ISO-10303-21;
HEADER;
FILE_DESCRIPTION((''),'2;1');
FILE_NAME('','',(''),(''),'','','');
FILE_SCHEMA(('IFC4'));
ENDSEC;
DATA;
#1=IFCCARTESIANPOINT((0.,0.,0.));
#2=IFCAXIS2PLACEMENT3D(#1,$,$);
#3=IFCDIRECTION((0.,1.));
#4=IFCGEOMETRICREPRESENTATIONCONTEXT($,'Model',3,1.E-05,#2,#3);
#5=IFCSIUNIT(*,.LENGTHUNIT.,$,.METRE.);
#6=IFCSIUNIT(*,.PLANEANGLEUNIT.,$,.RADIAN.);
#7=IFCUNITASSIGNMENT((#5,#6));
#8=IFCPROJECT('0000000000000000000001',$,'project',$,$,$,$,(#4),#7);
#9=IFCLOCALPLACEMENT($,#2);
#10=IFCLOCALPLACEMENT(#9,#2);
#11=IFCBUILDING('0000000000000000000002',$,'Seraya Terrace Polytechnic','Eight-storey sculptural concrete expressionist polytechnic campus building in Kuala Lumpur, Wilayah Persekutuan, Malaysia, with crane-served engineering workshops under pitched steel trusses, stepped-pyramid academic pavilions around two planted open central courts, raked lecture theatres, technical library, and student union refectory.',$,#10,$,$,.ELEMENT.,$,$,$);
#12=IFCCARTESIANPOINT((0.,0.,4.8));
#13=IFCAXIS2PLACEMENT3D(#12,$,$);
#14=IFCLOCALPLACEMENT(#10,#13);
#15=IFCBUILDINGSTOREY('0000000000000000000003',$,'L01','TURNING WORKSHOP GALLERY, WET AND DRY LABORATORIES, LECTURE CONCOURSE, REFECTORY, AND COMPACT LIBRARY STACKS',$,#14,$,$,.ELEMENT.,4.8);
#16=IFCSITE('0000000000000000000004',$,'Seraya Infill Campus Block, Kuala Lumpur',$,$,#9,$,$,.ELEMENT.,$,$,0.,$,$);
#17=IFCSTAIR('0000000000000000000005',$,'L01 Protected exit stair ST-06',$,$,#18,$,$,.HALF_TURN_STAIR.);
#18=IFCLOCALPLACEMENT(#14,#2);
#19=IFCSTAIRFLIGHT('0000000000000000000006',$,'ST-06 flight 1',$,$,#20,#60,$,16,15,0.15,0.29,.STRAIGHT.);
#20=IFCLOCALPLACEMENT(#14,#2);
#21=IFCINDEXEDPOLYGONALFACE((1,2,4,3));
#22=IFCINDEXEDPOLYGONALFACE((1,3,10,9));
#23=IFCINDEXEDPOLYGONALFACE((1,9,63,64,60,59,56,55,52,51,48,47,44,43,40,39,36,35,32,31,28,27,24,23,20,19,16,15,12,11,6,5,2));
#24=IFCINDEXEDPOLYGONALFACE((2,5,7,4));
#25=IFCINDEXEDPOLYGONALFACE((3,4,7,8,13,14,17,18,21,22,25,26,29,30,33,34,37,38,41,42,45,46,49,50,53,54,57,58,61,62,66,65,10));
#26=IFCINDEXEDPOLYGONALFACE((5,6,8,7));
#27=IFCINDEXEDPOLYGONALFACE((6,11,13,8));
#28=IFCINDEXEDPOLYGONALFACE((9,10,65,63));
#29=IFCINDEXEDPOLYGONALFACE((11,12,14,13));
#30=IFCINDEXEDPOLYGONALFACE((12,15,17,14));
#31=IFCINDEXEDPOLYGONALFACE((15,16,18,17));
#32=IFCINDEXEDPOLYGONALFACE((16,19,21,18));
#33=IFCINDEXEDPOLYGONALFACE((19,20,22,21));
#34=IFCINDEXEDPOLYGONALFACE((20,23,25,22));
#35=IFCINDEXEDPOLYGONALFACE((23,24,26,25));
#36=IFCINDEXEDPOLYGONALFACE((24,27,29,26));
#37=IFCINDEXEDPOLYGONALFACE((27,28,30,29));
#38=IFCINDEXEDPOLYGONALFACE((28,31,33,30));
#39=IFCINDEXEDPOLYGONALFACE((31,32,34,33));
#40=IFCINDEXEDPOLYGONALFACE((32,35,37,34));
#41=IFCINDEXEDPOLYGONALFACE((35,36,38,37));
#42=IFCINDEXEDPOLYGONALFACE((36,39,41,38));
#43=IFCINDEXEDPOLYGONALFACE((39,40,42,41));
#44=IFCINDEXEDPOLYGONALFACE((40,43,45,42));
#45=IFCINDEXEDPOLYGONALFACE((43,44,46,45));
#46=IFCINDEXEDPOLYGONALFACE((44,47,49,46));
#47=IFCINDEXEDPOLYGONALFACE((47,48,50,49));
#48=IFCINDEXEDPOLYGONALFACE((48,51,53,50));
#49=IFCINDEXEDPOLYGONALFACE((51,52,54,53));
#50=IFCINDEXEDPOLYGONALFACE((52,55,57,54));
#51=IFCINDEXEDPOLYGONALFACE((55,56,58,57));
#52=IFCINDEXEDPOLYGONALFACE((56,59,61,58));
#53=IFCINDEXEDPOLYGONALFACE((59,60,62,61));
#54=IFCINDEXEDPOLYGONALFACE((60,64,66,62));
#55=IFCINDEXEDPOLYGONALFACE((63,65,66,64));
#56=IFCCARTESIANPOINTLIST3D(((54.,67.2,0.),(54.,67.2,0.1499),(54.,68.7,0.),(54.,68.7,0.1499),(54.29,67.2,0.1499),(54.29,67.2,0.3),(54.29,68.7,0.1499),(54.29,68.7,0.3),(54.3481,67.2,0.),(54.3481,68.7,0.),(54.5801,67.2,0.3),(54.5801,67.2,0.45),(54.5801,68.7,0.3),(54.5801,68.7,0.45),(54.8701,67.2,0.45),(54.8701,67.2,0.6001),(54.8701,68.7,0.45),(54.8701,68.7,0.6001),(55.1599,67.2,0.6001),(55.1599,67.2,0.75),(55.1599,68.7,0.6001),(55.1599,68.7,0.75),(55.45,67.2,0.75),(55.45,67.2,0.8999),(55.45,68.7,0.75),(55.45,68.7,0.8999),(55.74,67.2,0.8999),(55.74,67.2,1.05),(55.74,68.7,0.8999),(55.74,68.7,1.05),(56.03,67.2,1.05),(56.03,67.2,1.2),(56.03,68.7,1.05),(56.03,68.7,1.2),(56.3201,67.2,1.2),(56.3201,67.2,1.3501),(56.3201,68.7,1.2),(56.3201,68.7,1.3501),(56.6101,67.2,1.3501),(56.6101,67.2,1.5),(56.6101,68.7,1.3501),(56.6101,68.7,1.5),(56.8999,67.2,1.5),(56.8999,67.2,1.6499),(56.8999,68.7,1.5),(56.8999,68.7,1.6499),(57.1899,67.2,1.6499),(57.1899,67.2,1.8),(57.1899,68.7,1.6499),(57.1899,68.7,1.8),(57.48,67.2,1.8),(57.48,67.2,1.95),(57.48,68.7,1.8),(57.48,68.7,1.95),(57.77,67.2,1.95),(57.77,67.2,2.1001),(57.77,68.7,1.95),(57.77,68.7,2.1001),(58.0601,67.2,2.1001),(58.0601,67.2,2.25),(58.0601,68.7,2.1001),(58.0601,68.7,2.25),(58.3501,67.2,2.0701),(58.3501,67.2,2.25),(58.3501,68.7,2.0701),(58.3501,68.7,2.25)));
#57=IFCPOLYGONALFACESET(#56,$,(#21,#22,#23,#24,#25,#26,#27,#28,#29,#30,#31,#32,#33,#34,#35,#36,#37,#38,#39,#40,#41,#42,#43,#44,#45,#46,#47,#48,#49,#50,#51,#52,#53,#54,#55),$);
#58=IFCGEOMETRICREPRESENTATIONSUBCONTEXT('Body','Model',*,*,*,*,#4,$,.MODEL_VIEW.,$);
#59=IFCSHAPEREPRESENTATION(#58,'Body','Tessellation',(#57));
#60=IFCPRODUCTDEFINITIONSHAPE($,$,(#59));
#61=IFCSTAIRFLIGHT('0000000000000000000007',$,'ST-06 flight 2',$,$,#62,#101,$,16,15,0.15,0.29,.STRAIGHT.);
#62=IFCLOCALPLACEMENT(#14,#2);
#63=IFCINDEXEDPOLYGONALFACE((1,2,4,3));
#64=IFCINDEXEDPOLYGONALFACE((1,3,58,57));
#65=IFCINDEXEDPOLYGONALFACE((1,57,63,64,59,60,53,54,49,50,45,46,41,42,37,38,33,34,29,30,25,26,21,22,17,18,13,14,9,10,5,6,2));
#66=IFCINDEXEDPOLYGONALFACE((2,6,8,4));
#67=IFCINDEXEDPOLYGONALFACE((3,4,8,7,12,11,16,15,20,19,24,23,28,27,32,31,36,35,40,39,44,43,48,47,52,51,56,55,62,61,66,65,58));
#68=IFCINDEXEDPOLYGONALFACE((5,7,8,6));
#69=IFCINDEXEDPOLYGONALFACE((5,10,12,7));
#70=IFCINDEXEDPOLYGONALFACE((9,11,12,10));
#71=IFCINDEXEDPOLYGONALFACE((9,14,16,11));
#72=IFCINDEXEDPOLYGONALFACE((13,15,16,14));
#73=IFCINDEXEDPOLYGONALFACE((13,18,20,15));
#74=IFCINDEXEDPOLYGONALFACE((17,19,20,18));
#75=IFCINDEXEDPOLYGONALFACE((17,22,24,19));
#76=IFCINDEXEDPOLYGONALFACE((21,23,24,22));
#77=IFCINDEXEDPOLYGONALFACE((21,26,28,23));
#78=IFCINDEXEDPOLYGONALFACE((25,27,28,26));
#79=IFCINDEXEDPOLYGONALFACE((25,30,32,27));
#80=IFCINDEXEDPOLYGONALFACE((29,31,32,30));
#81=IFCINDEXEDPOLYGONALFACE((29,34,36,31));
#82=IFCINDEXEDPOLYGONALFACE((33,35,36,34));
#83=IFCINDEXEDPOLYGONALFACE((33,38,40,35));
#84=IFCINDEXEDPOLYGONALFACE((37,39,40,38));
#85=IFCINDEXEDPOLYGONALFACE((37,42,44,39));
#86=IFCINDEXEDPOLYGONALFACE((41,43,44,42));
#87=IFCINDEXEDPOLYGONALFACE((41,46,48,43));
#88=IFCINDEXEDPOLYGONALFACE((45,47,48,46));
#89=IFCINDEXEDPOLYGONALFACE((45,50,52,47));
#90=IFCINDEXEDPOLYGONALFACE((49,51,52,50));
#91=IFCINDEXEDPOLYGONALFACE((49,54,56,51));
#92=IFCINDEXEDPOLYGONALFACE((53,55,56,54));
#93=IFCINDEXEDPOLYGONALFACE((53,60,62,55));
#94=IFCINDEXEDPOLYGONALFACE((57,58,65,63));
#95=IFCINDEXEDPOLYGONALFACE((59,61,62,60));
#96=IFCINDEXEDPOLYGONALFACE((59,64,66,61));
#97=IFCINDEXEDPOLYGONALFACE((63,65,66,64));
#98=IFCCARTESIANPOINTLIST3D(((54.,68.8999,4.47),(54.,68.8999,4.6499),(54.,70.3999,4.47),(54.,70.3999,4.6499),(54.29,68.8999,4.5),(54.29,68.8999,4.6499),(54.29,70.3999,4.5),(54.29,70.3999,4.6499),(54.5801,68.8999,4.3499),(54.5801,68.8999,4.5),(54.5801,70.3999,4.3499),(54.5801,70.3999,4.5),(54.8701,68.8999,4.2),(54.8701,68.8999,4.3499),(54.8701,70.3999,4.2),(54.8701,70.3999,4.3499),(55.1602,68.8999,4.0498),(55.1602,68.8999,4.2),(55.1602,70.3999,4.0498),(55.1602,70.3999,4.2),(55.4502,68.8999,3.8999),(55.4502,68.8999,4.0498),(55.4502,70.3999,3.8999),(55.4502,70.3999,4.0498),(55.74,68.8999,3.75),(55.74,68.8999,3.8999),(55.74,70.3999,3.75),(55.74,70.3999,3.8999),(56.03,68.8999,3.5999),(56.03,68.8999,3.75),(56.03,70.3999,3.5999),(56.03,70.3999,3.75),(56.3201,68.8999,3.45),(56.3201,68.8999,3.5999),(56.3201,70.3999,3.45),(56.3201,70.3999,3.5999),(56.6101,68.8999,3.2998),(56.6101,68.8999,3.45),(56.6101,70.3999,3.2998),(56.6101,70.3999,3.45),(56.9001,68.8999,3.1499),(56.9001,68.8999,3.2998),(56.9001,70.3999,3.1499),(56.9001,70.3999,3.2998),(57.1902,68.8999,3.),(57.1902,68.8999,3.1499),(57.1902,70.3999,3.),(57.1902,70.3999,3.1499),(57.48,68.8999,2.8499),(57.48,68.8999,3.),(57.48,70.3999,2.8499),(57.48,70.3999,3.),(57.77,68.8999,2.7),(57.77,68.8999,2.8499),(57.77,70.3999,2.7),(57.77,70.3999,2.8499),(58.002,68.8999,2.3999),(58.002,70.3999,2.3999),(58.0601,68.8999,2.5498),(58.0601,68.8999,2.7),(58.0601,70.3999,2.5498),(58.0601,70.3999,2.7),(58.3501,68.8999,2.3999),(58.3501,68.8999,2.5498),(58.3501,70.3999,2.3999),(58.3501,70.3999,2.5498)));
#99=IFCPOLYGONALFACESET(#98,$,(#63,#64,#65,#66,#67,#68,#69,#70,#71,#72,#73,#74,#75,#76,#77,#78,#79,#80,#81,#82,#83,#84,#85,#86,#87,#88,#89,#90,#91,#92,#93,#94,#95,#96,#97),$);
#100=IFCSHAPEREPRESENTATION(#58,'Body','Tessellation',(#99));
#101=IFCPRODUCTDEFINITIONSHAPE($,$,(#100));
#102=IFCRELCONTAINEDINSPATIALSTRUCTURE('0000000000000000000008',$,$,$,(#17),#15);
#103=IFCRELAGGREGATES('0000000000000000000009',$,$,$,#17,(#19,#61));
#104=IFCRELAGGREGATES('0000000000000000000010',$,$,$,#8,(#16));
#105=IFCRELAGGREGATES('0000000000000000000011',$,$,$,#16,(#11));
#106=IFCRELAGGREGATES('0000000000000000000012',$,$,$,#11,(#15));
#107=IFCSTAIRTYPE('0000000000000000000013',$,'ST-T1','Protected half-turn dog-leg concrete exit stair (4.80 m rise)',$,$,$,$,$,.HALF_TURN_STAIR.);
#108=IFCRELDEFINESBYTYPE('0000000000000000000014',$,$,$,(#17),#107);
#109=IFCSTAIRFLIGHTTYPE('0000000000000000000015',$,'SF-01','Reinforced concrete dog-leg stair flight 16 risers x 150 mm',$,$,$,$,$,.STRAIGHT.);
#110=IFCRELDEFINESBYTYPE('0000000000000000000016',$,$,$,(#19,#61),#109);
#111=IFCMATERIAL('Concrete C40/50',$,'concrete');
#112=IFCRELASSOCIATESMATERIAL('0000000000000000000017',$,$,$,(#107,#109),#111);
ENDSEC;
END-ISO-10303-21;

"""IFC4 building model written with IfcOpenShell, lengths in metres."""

from ifc_helpers import new_model, si_unit, direction, frame, origin, place, context, subcontext, project, spatial, polyline, outline, extrude, material, type_object, element, aggregate, save


model = new_model("IFC4")

# Units and contexts
model_context = context("Model", 3, precision=1e-05, world=origin(), true_north=direction((0.0, 1.0)))
body_context = subcontext(model_context, "Body", "Model", "MODEL_VIEW")
ifc_project = project(units=[si_unit("LENGTHUNIT", "METRE"), si_unit("PLANEANGLEUNIT", "RADIAN")], contexts=[model_context])

# Site, building, storey
site_placement = place(None, origin())
site = spatial("IfcSite", under=ifc_project, at=site_placement, Name="Seraya Infill Campus Block, Kuala Lumpur", CompositionType="ELEMENT", RefElevation=0.0)
building_placement = place(site_placement, origin())
building = spatial("IfcBuilding", under=site, at=building_placement, Name="Seraya Terrace Polytechnic", Description="Eight-storey sculptural concrete expressionist polytechnic campus building in Kuala Lumpur, Wilayah Persekutuan, Malaysia, with crane-served engineering workshops under pitched steel trusses, stepped-pyramid academic pavilions around two planted open central courts, raked lecture theatres, technical library, and student union refectory.", CompositionType="ELEMENT")
storey_placement = place(building_placement, frame((0.0, 0.0, 4.8)))
storey = spatial("IfcBuildingStorey", under=building, at=storey_placement, Name="L01", Description="TURNING WORKSHOP GALLERY, WET AND DRY LABORATORIES, LECTURE CONCOURSE, REFECTORY, AND COMPACT LIBRARY STACKS", CompositionType="ELEMENT", Elevation=4.8)

# Shared definitions
ifc_material_1 = material(Name="Concrete C40/50", Category="concrete")

# Stair, stair flights
stair_type = type_object("IfcStairType", Name="ST-T1", Description="Protected half-turn dog-leg concrete exit stair (4.80 m rise)", PredefinedType="HALF_TURN_STAIR", material=ifc_material_1)
stair_placement = place(storey_placement, origin())
stair = element("IfcStair", 1, at=stair_placement, inside=storey, type_object=stair_type, Name="L01 Protected exit stair ST-06", PredefinedType="HALF_TURN_STAIR")
stair_flight_type = type_object("IfcStairFlightType", Name="SF-01", Description="Reinforced concrete dog-leg stair flight 16 risers x 150 mm", PredefinedType="STRAIGHT", material=ifc_material_1)
stair_flight_1_placement = place(storey_placement, frame((54.0, 67.95, 0.0), z_axis=(0.0, 0.0, 1.0), x_axis=(1.0, 0.0, 0.0)))
stair_flight_1 = element("IfcStairFlight", 2, at=stair_flight_1_placement, type_object=stair_flight_type, Name="ST-06 flight 1", NumberOfRisers=16, NumberOfTreads=15, PredefinedType="STRAIGHT", RiserHeight=0.15, TreadLength=0.29, context=body_context, shape_type="SweptSolid", body=[
    extrude(outline(polyline([(0.0, 0.0), (0.0, 0.1499), (0.29, 0.1499), (0.29, 0.3), (0.5801, 0.3), (0.5801, 0.45), (0.8701, 0.45), (0.8701, 0.6001), (1.1599, 0.6001), (1.1599, 0.75), (1.45, 0.75), (1.45, 0.8999), (1.74, 0.8999), (1.74, 1.05), (2.03, 1.05), (2.03, 1.2), (2.3201, 1.2), (2.3201, 1.3501), (2.6101, 1.3501), (2.6101, 1.5), (2.8999, 1.5), (2.8999, 1.6499), (3.1899, 1.6499), (3.1899, 1.8), (3.48, 1.8), (3.48, 1.95), (3.77, 1.95), (3.77, 2.1001), (4.0601, 2.1001), (4.0601, 2.25), (4.3501, 2.25), (4.3501, 2.3999), (4.3501, 2.0701), (0.3481, 0.0), (0.0, 0.0)])), frame((0.0, 0.75, 0.0), z_axis=(0.0, -1.0, 0.0), x_axis=(1.0, 0.0, 0.0)), (0.0, 0.0, 1.0), 1.5),
])
stair_flight_2_placement = place(storey_placement, frame((58.3501, 69.6499, 2.3999), z_axis=(0.0, 0.0, 1.0), x_axis=(-1.0, 0.0, 0.0)))
stair_flight_2 = element("IfcStairFlight", 3, at=stair_flight_2_placement, type_object=stair_flight_type, Name="ST-06 flight 2", NumberOfRisers=16, NumberOfTreads=15, PredefinedType="STRAIGHT", RiserHeight=0.15, TreadLength=0.29, context=body_context, shape_type="SweptSolid", body=[
    extrude(outline(polyline([(0.0, 0.0), (0.0, 0.1499), (0.29, 0.1499), (0.29, 0.3), (0.5801, 0.3), (0.5801, 0.45), (0.8701, 0.45), (0.8701, 0.6001), (1.1599, 0.6001), (1.1599, 0.75), (1.45, 0.75), (1.45, 0.8999), (1.74, 0.8999), (1.74, 1.05), (2.03, 1.05), (2.03, 1.2), (2.3201, 1.2), (2.3201, 1.3501), (2.6101, 1.3501), (2.6101, 1.5), (2.8999, 1.5), (2.8999, 1.6499), (3.1899, 1.6499), (3.1899, 1.8), (3.48, 1.8), (3.48, 1.95), (3.77, 1.95), (3.77, 2.1001), (4.0601, 2.1001), (4.0601, 2.25), (4.3501, 2.25), (4.3501, 2.3999), (4.3501, 2.0701), (0.3481, 0.0), (0.0, 0.0)])), frame((0.0, 0.75, 0.0), z_axis=(0.0, -1.0, 0.0), x_axis=(1.0, 0.0, 0.0)), (0.0, 0.0, 1.0), 1.5),
])
aggregate(stair, [stair_flight_1, stair_flight_2])

save(model, "model.ifc")
